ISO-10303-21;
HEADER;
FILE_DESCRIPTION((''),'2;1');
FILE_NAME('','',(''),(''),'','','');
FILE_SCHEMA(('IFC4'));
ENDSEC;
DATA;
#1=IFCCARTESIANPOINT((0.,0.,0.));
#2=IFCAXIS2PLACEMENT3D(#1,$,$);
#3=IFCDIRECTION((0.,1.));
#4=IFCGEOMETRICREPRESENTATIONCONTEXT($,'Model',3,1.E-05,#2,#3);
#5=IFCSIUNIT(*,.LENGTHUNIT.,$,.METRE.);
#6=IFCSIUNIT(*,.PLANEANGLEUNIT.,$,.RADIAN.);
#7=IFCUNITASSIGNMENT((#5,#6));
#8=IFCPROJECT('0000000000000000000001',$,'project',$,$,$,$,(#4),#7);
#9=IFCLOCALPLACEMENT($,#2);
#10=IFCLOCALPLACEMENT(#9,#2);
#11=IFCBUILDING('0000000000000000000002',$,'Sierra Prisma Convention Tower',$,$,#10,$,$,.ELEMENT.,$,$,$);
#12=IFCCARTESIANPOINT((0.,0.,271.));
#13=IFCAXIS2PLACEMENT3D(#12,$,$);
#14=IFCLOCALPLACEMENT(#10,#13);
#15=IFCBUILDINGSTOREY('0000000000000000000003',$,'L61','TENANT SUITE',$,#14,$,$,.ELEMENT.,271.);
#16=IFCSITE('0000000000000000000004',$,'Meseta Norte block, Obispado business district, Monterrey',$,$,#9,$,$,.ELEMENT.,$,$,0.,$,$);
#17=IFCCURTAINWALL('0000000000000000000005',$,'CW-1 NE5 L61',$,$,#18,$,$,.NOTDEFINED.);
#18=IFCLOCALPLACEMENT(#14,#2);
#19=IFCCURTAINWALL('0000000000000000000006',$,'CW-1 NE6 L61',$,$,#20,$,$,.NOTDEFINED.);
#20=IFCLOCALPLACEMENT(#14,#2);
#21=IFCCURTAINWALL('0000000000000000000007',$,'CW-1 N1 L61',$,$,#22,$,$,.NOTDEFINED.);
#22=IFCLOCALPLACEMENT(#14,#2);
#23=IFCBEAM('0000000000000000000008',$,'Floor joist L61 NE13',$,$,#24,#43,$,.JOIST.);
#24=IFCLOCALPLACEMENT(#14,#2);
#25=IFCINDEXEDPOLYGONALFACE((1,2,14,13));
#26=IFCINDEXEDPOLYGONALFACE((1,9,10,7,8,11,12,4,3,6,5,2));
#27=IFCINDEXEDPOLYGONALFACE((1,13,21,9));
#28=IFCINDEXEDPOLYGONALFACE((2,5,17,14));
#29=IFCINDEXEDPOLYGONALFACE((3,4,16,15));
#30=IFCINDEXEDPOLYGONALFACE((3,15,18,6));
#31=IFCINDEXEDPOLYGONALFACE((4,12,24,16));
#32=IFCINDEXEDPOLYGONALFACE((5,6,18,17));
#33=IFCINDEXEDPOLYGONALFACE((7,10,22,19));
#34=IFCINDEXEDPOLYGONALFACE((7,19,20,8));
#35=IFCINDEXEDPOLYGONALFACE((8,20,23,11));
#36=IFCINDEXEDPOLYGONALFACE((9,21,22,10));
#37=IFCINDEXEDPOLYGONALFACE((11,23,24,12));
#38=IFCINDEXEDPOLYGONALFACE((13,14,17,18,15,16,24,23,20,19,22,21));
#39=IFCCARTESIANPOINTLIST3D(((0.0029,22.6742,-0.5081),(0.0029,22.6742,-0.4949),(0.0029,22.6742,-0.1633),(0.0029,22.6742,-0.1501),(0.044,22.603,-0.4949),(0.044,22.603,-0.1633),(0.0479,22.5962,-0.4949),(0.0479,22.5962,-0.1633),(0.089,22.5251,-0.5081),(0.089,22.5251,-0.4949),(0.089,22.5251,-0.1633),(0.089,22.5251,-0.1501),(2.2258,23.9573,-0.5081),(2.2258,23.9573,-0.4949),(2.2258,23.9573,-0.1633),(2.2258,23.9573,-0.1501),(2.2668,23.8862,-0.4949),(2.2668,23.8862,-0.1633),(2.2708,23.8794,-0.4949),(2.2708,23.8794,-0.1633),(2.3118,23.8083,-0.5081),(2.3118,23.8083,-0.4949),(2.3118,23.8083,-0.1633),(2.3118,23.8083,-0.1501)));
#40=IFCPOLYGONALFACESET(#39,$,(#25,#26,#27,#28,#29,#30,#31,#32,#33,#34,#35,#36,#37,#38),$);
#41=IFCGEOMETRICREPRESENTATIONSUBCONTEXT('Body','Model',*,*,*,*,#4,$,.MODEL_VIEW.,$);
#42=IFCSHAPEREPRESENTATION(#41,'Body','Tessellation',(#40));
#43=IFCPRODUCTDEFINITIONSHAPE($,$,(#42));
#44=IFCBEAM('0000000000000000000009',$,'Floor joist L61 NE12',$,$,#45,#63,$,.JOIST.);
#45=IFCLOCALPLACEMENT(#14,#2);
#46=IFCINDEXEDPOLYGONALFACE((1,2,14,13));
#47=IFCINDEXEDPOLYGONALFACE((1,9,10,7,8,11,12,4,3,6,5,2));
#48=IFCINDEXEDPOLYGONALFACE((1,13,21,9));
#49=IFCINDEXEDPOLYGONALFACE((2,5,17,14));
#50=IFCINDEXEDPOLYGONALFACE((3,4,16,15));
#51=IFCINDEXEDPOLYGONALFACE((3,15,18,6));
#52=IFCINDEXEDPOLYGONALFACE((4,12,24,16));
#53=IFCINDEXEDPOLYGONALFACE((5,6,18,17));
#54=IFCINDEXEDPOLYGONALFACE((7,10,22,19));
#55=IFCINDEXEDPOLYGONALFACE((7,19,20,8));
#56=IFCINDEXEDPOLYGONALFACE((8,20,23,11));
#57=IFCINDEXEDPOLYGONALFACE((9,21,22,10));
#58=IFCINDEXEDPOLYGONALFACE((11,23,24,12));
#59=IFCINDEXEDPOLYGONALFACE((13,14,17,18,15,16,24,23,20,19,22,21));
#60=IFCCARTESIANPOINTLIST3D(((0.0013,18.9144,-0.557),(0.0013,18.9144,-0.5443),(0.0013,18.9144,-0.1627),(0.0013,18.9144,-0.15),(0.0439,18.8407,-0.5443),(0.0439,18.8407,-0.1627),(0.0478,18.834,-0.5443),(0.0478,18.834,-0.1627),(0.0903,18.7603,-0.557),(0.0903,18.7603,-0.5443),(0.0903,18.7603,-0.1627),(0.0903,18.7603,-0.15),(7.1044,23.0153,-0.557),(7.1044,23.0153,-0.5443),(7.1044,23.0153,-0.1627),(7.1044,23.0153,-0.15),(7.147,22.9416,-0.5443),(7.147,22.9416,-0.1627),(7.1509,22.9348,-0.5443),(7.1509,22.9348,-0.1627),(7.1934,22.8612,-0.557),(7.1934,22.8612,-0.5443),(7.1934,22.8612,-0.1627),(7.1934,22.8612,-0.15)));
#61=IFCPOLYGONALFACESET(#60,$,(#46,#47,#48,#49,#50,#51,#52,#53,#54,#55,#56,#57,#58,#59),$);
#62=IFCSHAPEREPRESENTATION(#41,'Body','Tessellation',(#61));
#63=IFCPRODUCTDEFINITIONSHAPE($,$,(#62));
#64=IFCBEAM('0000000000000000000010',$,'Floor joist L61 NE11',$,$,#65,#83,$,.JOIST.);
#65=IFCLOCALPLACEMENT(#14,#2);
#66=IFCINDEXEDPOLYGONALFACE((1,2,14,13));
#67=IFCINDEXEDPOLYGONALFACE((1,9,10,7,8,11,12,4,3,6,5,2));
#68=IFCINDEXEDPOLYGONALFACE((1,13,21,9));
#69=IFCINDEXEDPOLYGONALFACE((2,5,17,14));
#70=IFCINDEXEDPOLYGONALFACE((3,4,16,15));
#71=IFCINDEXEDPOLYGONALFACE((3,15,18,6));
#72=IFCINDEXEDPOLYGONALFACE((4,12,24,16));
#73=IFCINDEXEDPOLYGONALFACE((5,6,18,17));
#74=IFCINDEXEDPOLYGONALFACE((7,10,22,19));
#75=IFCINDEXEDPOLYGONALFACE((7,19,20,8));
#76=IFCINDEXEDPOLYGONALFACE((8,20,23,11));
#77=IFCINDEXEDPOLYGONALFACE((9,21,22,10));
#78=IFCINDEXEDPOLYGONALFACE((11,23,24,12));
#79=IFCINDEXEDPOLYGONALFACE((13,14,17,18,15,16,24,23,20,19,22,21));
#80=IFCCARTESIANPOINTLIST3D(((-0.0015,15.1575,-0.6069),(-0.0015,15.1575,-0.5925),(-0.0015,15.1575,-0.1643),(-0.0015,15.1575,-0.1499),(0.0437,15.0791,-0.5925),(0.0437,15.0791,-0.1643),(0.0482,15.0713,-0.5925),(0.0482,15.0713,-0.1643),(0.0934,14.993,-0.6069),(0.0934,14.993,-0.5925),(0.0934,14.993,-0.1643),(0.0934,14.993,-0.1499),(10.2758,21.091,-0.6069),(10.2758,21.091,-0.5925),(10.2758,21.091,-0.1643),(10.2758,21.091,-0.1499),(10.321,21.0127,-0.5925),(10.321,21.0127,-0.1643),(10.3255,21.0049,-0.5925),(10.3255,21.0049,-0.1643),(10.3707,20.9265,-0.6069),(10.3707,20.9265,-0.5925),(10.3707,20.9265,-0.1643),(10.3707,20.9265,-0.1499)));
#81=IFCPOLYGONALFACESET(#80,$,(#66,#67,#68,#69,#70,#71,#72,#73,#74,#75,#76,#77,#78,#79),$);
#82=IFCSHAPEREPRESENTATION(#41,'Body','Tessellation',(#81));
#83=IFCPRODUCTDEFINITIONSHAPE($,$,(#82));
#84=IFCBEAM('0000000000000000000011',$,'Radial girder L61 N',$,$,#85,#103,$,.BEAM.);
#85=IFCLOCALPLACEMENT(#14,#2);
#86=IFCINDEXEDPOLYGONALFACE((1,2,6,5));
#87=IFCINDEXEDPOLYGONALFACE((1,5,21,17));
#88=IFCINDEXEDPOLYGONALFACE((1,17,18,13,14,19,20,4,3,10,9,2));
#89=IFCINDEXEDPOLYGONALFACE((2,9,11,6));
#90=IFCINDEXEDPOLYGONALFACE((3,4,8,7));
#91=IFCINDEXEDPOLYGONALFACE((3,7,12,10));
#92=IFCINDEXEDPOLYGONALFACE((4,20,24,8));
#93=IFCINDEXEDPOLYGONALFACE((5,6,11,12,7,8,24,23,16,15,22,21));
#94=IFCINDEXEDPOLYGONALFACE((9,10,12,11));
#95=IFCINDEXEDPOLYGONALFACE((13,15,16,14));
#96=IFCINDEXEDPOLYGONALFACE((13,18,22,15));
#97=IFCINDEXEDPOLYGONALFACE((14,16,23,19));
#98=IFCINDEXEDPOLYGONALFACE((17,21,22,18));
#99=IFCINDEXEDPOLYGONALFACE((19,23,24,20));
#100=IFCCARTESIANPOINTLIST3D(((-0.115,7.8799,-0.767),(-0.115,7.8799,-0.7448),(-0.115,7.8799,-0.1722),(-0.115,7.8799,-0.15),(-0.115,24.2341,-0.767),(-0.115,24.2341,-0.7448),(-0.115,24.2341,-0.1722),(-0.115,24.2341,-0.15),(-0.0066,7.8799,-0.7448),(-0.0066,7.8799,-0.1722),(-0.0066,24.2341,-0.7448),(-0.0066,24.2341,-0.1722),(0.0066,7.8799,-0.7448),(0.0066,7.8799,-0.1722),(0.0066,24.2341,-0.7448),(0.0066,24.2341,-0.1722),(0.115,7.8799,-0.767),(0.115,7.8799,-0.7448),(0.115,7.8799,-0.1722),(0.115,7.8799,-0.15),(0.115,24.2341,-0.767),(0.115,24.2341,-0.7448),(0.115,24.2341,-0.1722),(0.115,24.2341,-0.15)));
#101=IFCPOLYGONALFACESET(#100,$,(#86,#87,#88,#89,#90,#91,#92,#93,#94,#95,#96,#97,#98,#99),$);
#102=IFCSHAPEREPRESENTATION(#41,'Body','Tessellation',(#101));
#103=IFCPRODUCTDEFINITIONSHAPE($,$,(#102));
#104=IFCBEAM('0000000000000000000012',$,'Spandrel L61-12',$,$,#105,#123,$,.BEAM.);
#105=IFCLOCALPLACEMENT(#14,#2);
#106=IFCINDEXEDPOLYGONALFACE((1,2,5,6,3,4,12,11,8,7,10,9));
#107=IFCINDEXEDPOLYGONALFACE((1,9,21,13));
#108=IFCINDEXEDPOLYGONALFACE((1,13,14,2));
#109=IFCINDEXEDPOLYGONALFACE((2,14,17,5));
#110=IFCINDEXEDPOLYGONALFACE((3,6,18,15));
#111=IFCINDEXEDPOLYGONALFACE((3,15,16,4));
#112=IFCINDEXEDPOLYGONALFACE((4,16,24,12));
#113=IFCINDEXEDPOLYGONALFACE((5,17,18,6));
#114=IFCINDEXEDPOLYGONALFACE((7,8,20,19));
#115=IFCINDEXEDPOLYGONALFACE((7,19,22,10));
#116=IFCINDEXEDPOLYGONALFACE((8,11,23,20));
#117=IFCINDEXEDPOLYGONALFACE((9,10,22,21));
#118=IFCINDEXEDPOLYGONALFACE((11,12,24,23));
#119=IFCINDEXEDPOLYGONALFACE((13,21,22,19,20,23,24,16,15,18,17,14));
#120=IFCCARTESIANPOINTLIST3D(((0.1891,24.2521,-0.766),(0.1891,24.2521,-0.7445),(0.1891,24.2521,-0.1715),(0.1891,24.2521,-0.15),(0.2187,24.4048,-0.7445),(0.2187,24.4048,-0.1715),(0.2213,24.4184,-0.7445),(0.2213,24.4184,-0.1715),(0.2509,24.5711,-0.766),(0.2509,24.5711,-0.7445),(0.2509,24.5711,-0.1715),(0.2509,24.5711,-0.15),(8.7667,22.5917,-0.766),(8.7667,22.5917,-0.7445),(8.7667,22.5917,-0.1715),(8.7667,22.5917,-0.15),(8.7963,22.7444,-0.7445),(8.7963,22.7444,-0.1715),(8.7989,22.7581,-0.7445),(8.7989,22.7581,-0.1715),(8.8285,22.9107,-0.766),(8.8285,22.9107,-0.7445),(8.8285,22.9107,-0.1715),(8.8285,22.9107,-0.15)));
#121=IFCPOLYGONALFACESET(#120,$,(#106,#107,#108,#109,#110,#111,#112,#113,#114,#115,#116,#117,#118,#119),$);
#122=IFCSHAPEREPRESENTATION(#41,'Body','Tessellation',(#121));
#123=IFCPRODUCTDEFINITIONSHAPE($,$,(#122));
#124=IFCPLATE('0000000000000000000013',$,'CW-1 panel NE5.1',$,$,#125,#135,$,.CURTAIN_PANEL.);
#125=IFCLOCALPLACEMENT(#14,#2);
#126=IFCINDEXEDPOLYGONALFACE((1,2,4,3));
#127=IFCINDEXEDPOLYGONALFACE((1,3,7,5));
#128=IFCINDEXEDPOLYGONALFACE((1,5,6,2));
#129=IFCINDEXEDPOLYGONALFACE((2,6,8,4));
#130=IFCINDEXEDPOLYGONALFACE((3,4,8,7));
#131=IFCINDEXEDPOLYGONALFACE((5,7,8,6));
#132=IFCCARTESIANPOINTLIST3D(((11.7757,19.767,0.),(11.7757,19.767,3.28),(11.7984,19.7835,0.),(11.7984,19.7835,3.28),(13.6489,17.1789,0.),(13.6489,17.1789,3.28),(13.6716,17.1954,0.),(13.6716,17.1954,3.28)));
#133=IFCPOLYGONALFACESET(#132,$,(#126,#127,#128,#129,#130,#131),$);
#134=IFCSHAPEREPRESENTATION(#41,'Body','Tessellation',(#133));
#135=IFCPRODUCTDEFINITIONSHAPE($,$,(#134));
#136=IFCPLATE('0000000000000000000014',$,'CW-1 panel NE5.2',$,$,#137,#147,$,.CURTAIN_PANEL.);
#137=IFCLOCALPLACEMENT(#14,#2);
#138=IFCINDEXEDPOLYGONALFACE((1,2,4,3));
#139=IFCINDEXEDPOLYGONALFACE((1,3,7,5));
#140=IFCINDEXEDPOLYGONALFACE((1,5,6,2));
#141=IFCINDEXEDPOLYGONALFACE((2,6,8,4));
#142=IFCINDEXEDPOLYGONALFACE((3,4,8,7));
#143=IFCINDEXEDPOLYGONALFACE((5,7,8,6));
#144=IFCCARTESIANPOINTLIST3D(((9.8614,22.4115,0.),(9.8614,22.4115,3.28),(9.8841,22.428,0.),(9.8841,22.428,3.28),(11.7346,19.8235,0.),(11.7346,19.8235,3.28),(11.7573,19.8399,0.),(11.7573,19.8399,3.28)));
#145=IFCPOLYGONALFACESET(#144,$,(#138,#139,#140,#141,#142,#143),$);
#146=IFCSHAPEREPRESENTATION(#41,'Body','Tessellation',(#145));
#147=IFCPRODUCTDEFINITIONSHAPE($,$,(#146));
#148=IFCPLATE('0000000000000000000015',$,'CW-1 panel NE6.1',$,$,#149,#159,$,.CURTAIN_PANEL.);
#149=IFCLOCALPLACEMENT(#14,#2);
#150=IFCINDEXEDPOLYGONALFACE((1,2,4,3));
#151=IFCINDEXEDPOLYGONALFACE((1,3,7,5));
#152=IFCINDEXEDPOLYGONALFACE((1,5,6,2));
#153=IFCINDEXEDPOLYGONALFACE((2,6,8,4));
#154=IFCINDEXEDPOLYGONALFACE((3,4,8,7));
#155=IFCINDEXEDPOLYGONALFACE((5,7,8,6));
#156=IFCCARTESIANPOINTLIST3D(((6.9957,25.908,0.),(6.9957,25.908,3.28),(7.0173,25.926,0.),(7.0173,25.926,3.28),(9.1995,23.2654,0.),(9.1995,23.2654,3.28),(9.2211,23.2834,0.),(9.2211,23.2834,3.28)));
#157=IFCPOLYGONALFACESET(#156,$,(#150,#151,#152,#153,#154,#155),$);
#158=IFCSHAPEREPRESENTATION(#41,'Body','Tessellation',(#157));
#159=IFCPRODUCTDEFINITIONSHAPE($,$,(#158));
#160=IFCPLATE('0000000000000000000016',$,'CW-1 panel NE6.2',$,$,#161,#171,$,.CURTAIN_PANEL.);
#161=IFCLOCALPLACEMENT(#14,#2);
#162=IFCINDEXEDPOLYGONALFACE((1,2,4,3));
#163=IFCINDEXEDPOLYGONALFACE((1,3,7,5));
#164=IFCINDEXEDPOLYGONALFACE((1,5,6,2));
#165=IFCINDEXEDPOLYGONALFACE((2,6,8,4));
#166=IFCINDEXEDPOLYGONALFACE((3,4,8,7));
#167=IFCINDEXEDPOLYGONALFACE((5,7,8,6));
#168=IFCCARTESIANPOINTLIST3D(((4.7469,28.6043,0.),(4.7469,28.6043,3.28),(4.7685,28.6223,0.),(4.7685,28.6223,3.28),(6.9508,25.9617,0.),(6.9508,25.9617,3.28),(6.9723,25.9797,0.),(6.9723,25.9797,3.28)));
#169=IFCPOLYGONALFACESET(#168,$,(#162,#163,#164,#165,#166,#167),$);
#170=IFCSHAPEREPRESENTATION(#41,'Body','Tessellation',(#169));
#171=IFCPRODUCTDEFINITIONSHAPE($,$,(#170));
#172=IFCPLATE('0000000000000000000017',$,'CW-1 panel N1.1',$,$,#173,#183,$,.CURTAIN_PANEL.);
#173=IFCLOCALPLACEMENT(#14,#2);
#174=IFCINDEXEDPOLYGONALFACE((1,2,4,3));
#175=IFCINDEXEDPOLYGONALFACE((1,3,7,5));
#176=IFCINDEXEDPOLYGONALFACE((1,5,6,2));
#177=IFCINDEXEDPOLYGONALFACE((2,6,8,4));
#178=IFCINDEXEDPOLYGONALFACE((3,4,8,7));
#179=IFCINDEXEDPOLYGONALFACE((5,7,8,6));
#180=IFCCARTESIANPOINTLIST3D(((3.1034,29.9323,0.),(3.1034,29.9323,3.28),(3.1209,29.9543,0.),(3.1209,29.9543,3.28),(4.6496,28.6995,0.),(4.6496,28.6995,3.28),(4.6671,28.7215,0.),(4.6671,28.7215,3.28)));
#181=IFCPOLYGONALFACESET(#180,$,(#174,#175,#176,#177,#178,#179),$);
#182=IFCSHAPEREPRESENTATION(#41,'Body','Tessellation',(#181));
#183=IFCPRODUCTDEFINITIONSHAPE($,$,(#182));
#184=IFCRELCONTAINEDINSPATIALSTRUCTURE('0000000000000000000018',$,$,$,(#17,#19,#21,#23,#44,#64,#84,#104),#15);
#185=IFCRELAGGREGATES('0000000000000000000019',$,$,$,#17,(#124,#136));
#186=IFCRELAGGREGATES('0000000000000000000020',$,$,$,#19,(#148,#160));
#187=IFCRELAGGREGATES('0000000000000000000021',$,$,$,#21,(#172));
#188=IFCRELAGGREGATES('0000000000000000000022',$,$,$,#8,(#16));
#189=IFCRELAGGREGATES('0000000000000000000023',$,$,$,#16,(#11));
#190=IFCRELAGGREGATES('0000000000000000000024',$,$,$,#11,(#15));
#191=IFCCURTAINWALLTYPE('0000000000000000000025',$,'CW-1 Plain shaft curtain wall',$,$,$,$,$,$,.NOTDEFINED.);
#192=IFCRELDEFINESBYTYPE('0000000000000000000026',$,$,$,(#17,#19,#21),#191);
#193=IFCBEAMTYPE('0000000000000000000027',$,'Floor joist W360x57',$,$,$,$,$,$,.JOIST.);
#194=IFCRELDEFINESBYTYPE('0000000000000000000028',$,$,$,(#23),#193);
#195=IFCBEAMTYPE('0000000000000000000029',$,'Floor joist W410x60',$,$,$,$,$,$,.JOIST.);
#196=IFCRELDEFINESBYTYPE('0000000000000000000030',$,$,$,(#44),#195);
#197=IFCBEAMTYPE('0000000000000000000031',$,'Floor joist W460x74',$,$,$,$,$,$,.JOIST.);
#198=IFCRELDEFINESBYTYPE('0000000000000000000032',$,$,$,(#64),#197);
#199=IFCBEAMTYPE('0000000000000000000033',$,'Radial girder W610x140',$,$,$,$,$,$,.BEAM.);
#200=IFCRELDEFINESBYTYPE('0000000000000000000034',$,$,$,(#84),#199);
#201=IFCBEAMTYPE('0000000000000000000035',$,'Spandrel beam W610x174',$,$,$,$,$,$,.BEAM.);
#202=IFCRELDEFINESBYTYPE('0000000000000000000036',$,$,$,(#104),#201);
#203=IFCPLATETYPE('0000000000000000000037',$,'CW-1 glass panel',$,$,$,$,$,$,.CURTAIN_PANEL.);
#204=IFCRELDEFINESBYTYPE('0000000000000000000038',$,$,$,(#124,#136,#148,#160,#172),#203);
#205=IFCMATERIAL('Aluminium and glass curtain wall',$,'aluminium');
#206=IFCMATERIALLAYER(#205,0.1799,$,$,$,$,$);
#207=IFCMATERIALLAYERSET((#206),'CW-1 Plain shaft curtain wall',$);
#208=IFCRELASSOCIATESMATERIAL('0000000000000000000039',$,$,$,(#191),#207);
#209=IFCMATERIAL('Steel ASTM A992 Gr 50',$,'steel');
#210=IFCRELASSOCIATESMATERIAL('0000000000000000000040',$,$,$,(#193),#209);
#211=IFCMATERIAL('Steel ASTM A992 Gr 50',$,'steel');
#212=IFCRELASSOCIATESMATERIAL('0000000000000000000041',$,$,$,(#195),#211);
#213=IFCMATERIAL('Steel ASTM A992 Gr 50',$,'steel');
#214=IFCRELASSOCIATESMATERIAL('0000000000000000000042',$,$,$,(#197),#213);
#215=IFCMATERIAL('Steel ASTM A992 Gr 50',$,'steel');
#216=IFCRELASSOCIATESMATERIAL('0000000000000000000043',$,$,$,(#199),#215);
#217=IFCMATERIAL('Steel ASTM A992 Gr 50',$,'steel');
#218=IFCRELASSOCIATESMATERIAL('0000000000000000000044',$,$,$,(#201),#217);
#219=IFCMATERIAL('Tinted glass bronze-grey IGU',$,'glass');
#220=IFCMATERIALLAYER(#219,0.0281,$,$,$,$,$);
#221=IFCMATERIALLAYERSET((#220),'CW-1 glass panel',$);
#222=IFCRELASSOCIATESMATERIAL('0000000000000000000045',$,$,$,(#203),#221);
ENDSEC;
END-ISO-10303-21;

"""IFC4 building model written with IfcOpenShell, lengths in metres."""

from ifc_helpers import new_model, si_unit, direction, frame, origin, origin_2d, place, context, subcontext, project, spatial, rectangle, i_section, extrude, material, layer, layer_set, material_profile, profile_set, type_object, element, aggregate, save


model = new_model("IFC4")

# Units and contexts
model_context = context("Model", 3, precision=1e-05, world=origin(), true_north=direction((0.0, 1.0)))
body_context = subcontext(model_context, "Body", "Model", "MODEL_VIEW")
ifc_project = project(units=[si_unit("LENGTHUNIT", "METRE"), si_unit("PLANEANGLEUNIT", "RADIAN")], contexts=[model_context])

# Site, building, storey
site_placement = place(None, origin())
site = spatial("IfcSite", under=ifc_project, at=site_placement, Name="Meseta Norte block, Obispado business district, Monterrey", CompositionType="ELEMENT", RefElevation=0.0)
building_placement = place(site_placement, origin())
building = spatial("IfcBuilding", under=site, at=building_placement, Name="Sierra Prisma Convention Tower", CompositionType="ELEMENT")
storey_placement = place(building_placement, frame((0.0, 0.0, 271.0)))
storey = spatial("IfcBuildingStorey", under=building, at=storey_placement, Name="L61", Description="TENANT SUITE", CompositionType="ELEMENT", Elevation=271.0)

# Curtain wall
ifc_material_1 = material(Name="Aluminium and glass curtain wall", Category="aluminium")
ifc_layer_1 = layer(ifc_material_1, 0.1799)
ifc_layer_set_1 = layer_set([ifc_layer_1], Name="CW-1 Plain shaft curtain wall")
curtain_wall_type = type_object("IfcCurtainWallType", Name="CW-1 Plain shaft curtain wall", PredefinedType="NOTDEFINED", material=ifc_layer_set_1)
curtain_wall_1_placement = place(storey_placement, origin())
curtain_wall_1 = element("IfcCurtainWall", 1, at=curtain_wall_1_placement, inside=storey, type_object=curtain_wall_type, Name="CW-1 NE5 L61", PredefinedType="NOTDEFINED")

# Curtain walls
curtain_wall_2_placement = place(storey_placement, origin())
curtain_wall_2 = element("IfcCurtainWall", 2, at=curtain_wall_2_placement, inside=storey, type_object=curtain_wall_type, Name="CW-1 NE6 L61", PredefinedType="NOTDEFINED")
curtain_wall_3_placement = place(storey_placement, origin())
curtain_wall_3 = element("IfcCurtainWall", 3, at=curtain_wall_3_placement, inside=storey, type_object=curtain_wall_type, Name="CW-1 N1 L61", PredefinedType="NOTDEFINED")

# Beams
ifc_material_2 = material(Name="Steel ASTM A992 Gr 50", Category="steel")
ifc_material_profile_1 = material_profile(ifc_material_2, i_section(OverallWidth=0.1721, OverallDepth=0.3579, WebThickness=0.0078, FlangeThickness=0.0132, at=origin_2d()), Name="W360x57")
ifc_profile_set_1 = profile_set([ifc_material_profile_1], Name="Steel ASTM A992 Gr 50")
beam_type_1 = type_object("IfcBeamType", Name="Floor joist W360x57", PredefinedType="JOIST", material=ifc_profile_set_1)
beam_1_placement = place(storey_placement, frame((2.2688, 23.8828, -0.3291), z_axis=(-0.866057, -0.499945, 0.0), x_axis=(0.499945, -0.866057, 0.0)))
element("IfcBeam", 4, at=beam_1_placement, inside=storey, type_object=beam_type_1, Name="Floor joist L61 NE13", PredefinedType="JOIST", context=body_context, shape_type="SweptSolid", body=[
    extrude(i_section(OverallWidth=0.1721, OverallDepth=0.3579, WebThickness=0.0078, FlangeThickness=0.0132, at=origin_2d()), origin(), (0.0, 0.0, 1.0), 2.5667),
])
ifc_material_3 = material(Name="Steel ASTM A992 Gr 50", Category="steel")
ifc_material_profile_2 = material_profile(ifc_material_3, i_section(OverallWidth=0.178, OverallDepth=0.407, WebThickness=0.0078, FlangeThickness=0.0127, at=origin_2d()), Name="W410x60")
ifc_profile_set_2 = profile_set([ifc_material_profile_2], Name="Steel ASTM A992 Gr 50")
beam_type_2 = type_object("IfcBeamType", Name="Floor joist W410x60", PredefinedType="JOIST", material=ifc_profile_set_2)
beam_2_placement = place(storey_placement, frame((7.1489, 22.9382, -0.3535), z_axis=(-0.866031, -0.49999, 0.0), x_axis=(0.49999, -0.866031, 0.0)))
element("IfcBeam", 5, at=beam_2_placement, inside=storey, type_object=beam_type_2, Name="Floor joist L61 NE12", PredefinedType="JOIST", context=body_context, shape_type="SweptSolid", body=[
    extrude(i_section(OverallWidth=0.178, OverallDepth=0.407, WebThickness=0.0078, FlangeThickness=0.0127, at=origin_2d()), origin(), (0.0, 0.0, 1.0), 8.2019),
])
ifc_material_4 = material(Name="Steel ASTM A992 Gr 50", Category="steel")
ifc_material_profile_3 = material_profile(ifc_material_4, i_section(OverallWidth=0.1899, OverallDepth=0.457, WebThickness=0.009, FlangeThickness=0.0144, at=origin_2d()), Name="W460x74")
ifc_profile_set_3 = profile_set([ifc_material_profile_3], Name="Steel ASTM A992 Gr 50")
beam_type_3 = type_object("IfcBeamType", Name="Floor joist W460x74", PredefinedType="JOIST", material=ifc_profile_set_3)
beam_3_placement = place(storey_placement, frame((10.3232, 21.0088, -0.3784), z_axis=(-0.866027, -0.499998, 0.0), x_axis=(0.499998, -0.866027, 0.0)))
element("IfcBeam", 6, at=beam_3_placement, inside=storey, type_object=beam_type_3, Name="Floor joist L61 NE11", PredefinedType="JOIST", context=body_context, shape_type="SweptSolid", body=[
    extrude(i_section(OverallWidth=0.1899, OverallDepth=0.457, WebThickness=0.009, FlangeThickness=0.0144, at=origin_2d()), origin(), (0.0, 0.0, 1.0), 11.8672),
])
ifc_material_5 = material(Name="Steel ASTM A992 Gr 50", Category="steel")
ifc_material_profile_4 = material_profile(ifc_material_5, i_section(OverallWidth=0.23, OverallDepth=0.6169, WebThickness=0.0132, FlangeThickness=0.0222, at=origin_2d()), Name="W610x140")
ifc_profile_set_4 = profile_set([ifc_material_profile_4], Name="Steel ASTM A992 Gr 50")
beam_type_4 = type_object("IfcBeamType", Name="Radial girder W610x140", PredefinedType="BEAM", material=ifc_profile_set_4)
beam_4_placement = place(storey_placement, frame((0.0, 24.2341, -0.4585), z_axis=(0.0, -1.0, 0.0), x_axis=(1.0, 0.0, 0.0)))
element("IfcBeam", 7, at=beam_4_placement, inside=storey, type_object=beam_type_4, Name="Radial girder L61 N", PredefinedType="BEAM", context=body_context, shape_type="SweptSolid", body=[
    extrude(i_section(OverallWidth=0.23, OverallDepth=0.6169, WebThickness=0.0132, FlangeThickness=0.0222, at=origin_2d()), origin(), (0.0, 0.0, 1.0), 16.3542),
])
ifc_material_6 = material(Name="Steel ASTM A992 Gr 50", Category="steel")
ifc_material_profile_5 = material_profile(ifc_material_6, i_section(OverallWidth=0.325, OverallDepth=0.616, WebThickness=0.0139, FlangeThickness=0.0215, at=origin_2d()), Name="W610x174")
ifc_profile_set_5 = profile_set([ifc_material_profile_5], Name="Steel ASTM A992 Gr 50")
beam_type_5 = type_object("IfcBeamType", Name="Spandrel beam W610x174", PredefinedType="BEAM", material=ifc_profile_set_5)
beam_5_placement = place(storey_placement, frame((8.7976, 22.7512, -0.458), z_axis=(-0.981775, 0.190045, 0.0), x_axis=(-0.190045, -0.981775, 0.0)))
element("IfcBeam", 8, at=beam_5_placement, inside=storey, type_object=beam_type_5, Name="Spandrel L61-12", PredefinedType="BEAM", context=body_context, shape_type="SweptSolid", body=[
    extrude(i_section(OverallWidth=0.325, OverallDepth=0.616, WebThickness=0.0139, FlangeThickness=0.0215, at=origin_2d()), origin(), (0.0, 0.0, 1.0), 8.7368),
])

# Plates
ifc_material_7 = material(Name="Tinted glass bronze-grey IGU", Category="glass")
ifc_layer_2 = layer(ifc_material_7, 0.0281)
ifc_layer_set_2 = layer_set([ifc_layer_2], Name="CW-1 glass panel")
plate_type = type_object("IfcPlateType", Name="CW-1 glass panel", PredefinedType="CURTAIN_PANEL", material=ifc_layer_set_2)
plate_1_placement = place(storey_placement, frame((12.7236, 18.4812, 0.0), z_axis=(0.0, 0.0, 1.0), x_axis=(-0.586323, 0.810077, 0.0)))
plate_1 = element("IfcPlate", 9, at=plate_1_placement, type_object=plate_type, Name="CW-1 panel NE5.1", PredefinedType="CURTAIN_PANEL", context=body_context, shape_type="SweptSolid", body=[
    extrude(rectangle(XDim=3.1948, YDim=0.0281, at=origin_2d()), origin(), (0.0, 0.0, 1.0), 3.28),
])
plate_2_placement = place(storey_placement, frame((10.8093, 21.1257, 0.0), z_axis=(0.0, 0.0, 1.0), x_axis=(-0.586323, 0.810077, 0.0)))
plate_2 = element("IfcPlate", 10, at=plate_2_placement, type_object=plate_type, Name="CW-1 panel NE5.2", PredefinedType="CURTAIN_PANEL", context=body_context, shape_type="SweptSolid", body=[
    extrude(rectangle(XDim=3.1948, YDim=0.0281, at=origin_2d()), origin(), (0.0, 0.0, 1.0), 3.28),
])
aggregate(curtain_wall_1, [plate_1, plate_2])
plate_3_placement = place(storey_placement, frame((8.1084, 24.5957, 0.0), z_axis=(0.0, 0.0, 1.0), x_axis=(-0.640479, 0.767976, 0.0)))
plate_3 = element("IfcPlate", 11, at=plate_3_placement, type_object=plate_type, Name="CW-1 panel NE6.1", PredefinedType="CURTAIN_PANEL", context=body_context, shape_type="SweptSolid", body=[
    extrude(rectangle(XDim=3.4409, YDim=0.0281, at=origin_2d()), origin(), (0.0, 0.0, 1.0), 3.28),
])
plate_4_placement = place(storey_placement, frame((5.8596, 27.292, 0.0), z_axis=(0.0, 0.0, 1.0), x_axis=(-0.640479, 0.767976, 0.0)))
plate_4 = element("IfcPlate", 12, at=plate_4_placement, type_object=plate_type, Name="CW-1 panel NE6.2", PredefinedType="CURTAIN_PANEL", context=body_context, shape_type="SweptSolid", body=[
    extrude(rectangle(XDim=3.4409, YDim=0.0281, at=origin_2d()), origin(), (0.0, 0.0, 1.0), 3.28),
])
aggregate(curtain_wall_2, [plate_3, plate_4])
plate_5_placement = place(storey_placement, frame((3.8853, 29.3269, 0.0), z_axis=(0.0, 0.0, 1.0), x_axis=(-0.781895, 0.62341, 0.0)))
plate_5 = element("IfcPlate", 13, at=plate_5_placement, type_object=plate_type, Name="CW-1 panel N1.1", PredefinedType="CURTAIN_PANEL", context=body_context, shape_type="SweptSolid", body=[
    extrude(rectangle(XDim=1.9775, YDim=0.0281, at=origin_2d()), origin(), (0.0, 0.0, 1.0), 3.28),
])
aggregate(curtain_wall_3, [plate_5])

save(model, "model.ifc")
